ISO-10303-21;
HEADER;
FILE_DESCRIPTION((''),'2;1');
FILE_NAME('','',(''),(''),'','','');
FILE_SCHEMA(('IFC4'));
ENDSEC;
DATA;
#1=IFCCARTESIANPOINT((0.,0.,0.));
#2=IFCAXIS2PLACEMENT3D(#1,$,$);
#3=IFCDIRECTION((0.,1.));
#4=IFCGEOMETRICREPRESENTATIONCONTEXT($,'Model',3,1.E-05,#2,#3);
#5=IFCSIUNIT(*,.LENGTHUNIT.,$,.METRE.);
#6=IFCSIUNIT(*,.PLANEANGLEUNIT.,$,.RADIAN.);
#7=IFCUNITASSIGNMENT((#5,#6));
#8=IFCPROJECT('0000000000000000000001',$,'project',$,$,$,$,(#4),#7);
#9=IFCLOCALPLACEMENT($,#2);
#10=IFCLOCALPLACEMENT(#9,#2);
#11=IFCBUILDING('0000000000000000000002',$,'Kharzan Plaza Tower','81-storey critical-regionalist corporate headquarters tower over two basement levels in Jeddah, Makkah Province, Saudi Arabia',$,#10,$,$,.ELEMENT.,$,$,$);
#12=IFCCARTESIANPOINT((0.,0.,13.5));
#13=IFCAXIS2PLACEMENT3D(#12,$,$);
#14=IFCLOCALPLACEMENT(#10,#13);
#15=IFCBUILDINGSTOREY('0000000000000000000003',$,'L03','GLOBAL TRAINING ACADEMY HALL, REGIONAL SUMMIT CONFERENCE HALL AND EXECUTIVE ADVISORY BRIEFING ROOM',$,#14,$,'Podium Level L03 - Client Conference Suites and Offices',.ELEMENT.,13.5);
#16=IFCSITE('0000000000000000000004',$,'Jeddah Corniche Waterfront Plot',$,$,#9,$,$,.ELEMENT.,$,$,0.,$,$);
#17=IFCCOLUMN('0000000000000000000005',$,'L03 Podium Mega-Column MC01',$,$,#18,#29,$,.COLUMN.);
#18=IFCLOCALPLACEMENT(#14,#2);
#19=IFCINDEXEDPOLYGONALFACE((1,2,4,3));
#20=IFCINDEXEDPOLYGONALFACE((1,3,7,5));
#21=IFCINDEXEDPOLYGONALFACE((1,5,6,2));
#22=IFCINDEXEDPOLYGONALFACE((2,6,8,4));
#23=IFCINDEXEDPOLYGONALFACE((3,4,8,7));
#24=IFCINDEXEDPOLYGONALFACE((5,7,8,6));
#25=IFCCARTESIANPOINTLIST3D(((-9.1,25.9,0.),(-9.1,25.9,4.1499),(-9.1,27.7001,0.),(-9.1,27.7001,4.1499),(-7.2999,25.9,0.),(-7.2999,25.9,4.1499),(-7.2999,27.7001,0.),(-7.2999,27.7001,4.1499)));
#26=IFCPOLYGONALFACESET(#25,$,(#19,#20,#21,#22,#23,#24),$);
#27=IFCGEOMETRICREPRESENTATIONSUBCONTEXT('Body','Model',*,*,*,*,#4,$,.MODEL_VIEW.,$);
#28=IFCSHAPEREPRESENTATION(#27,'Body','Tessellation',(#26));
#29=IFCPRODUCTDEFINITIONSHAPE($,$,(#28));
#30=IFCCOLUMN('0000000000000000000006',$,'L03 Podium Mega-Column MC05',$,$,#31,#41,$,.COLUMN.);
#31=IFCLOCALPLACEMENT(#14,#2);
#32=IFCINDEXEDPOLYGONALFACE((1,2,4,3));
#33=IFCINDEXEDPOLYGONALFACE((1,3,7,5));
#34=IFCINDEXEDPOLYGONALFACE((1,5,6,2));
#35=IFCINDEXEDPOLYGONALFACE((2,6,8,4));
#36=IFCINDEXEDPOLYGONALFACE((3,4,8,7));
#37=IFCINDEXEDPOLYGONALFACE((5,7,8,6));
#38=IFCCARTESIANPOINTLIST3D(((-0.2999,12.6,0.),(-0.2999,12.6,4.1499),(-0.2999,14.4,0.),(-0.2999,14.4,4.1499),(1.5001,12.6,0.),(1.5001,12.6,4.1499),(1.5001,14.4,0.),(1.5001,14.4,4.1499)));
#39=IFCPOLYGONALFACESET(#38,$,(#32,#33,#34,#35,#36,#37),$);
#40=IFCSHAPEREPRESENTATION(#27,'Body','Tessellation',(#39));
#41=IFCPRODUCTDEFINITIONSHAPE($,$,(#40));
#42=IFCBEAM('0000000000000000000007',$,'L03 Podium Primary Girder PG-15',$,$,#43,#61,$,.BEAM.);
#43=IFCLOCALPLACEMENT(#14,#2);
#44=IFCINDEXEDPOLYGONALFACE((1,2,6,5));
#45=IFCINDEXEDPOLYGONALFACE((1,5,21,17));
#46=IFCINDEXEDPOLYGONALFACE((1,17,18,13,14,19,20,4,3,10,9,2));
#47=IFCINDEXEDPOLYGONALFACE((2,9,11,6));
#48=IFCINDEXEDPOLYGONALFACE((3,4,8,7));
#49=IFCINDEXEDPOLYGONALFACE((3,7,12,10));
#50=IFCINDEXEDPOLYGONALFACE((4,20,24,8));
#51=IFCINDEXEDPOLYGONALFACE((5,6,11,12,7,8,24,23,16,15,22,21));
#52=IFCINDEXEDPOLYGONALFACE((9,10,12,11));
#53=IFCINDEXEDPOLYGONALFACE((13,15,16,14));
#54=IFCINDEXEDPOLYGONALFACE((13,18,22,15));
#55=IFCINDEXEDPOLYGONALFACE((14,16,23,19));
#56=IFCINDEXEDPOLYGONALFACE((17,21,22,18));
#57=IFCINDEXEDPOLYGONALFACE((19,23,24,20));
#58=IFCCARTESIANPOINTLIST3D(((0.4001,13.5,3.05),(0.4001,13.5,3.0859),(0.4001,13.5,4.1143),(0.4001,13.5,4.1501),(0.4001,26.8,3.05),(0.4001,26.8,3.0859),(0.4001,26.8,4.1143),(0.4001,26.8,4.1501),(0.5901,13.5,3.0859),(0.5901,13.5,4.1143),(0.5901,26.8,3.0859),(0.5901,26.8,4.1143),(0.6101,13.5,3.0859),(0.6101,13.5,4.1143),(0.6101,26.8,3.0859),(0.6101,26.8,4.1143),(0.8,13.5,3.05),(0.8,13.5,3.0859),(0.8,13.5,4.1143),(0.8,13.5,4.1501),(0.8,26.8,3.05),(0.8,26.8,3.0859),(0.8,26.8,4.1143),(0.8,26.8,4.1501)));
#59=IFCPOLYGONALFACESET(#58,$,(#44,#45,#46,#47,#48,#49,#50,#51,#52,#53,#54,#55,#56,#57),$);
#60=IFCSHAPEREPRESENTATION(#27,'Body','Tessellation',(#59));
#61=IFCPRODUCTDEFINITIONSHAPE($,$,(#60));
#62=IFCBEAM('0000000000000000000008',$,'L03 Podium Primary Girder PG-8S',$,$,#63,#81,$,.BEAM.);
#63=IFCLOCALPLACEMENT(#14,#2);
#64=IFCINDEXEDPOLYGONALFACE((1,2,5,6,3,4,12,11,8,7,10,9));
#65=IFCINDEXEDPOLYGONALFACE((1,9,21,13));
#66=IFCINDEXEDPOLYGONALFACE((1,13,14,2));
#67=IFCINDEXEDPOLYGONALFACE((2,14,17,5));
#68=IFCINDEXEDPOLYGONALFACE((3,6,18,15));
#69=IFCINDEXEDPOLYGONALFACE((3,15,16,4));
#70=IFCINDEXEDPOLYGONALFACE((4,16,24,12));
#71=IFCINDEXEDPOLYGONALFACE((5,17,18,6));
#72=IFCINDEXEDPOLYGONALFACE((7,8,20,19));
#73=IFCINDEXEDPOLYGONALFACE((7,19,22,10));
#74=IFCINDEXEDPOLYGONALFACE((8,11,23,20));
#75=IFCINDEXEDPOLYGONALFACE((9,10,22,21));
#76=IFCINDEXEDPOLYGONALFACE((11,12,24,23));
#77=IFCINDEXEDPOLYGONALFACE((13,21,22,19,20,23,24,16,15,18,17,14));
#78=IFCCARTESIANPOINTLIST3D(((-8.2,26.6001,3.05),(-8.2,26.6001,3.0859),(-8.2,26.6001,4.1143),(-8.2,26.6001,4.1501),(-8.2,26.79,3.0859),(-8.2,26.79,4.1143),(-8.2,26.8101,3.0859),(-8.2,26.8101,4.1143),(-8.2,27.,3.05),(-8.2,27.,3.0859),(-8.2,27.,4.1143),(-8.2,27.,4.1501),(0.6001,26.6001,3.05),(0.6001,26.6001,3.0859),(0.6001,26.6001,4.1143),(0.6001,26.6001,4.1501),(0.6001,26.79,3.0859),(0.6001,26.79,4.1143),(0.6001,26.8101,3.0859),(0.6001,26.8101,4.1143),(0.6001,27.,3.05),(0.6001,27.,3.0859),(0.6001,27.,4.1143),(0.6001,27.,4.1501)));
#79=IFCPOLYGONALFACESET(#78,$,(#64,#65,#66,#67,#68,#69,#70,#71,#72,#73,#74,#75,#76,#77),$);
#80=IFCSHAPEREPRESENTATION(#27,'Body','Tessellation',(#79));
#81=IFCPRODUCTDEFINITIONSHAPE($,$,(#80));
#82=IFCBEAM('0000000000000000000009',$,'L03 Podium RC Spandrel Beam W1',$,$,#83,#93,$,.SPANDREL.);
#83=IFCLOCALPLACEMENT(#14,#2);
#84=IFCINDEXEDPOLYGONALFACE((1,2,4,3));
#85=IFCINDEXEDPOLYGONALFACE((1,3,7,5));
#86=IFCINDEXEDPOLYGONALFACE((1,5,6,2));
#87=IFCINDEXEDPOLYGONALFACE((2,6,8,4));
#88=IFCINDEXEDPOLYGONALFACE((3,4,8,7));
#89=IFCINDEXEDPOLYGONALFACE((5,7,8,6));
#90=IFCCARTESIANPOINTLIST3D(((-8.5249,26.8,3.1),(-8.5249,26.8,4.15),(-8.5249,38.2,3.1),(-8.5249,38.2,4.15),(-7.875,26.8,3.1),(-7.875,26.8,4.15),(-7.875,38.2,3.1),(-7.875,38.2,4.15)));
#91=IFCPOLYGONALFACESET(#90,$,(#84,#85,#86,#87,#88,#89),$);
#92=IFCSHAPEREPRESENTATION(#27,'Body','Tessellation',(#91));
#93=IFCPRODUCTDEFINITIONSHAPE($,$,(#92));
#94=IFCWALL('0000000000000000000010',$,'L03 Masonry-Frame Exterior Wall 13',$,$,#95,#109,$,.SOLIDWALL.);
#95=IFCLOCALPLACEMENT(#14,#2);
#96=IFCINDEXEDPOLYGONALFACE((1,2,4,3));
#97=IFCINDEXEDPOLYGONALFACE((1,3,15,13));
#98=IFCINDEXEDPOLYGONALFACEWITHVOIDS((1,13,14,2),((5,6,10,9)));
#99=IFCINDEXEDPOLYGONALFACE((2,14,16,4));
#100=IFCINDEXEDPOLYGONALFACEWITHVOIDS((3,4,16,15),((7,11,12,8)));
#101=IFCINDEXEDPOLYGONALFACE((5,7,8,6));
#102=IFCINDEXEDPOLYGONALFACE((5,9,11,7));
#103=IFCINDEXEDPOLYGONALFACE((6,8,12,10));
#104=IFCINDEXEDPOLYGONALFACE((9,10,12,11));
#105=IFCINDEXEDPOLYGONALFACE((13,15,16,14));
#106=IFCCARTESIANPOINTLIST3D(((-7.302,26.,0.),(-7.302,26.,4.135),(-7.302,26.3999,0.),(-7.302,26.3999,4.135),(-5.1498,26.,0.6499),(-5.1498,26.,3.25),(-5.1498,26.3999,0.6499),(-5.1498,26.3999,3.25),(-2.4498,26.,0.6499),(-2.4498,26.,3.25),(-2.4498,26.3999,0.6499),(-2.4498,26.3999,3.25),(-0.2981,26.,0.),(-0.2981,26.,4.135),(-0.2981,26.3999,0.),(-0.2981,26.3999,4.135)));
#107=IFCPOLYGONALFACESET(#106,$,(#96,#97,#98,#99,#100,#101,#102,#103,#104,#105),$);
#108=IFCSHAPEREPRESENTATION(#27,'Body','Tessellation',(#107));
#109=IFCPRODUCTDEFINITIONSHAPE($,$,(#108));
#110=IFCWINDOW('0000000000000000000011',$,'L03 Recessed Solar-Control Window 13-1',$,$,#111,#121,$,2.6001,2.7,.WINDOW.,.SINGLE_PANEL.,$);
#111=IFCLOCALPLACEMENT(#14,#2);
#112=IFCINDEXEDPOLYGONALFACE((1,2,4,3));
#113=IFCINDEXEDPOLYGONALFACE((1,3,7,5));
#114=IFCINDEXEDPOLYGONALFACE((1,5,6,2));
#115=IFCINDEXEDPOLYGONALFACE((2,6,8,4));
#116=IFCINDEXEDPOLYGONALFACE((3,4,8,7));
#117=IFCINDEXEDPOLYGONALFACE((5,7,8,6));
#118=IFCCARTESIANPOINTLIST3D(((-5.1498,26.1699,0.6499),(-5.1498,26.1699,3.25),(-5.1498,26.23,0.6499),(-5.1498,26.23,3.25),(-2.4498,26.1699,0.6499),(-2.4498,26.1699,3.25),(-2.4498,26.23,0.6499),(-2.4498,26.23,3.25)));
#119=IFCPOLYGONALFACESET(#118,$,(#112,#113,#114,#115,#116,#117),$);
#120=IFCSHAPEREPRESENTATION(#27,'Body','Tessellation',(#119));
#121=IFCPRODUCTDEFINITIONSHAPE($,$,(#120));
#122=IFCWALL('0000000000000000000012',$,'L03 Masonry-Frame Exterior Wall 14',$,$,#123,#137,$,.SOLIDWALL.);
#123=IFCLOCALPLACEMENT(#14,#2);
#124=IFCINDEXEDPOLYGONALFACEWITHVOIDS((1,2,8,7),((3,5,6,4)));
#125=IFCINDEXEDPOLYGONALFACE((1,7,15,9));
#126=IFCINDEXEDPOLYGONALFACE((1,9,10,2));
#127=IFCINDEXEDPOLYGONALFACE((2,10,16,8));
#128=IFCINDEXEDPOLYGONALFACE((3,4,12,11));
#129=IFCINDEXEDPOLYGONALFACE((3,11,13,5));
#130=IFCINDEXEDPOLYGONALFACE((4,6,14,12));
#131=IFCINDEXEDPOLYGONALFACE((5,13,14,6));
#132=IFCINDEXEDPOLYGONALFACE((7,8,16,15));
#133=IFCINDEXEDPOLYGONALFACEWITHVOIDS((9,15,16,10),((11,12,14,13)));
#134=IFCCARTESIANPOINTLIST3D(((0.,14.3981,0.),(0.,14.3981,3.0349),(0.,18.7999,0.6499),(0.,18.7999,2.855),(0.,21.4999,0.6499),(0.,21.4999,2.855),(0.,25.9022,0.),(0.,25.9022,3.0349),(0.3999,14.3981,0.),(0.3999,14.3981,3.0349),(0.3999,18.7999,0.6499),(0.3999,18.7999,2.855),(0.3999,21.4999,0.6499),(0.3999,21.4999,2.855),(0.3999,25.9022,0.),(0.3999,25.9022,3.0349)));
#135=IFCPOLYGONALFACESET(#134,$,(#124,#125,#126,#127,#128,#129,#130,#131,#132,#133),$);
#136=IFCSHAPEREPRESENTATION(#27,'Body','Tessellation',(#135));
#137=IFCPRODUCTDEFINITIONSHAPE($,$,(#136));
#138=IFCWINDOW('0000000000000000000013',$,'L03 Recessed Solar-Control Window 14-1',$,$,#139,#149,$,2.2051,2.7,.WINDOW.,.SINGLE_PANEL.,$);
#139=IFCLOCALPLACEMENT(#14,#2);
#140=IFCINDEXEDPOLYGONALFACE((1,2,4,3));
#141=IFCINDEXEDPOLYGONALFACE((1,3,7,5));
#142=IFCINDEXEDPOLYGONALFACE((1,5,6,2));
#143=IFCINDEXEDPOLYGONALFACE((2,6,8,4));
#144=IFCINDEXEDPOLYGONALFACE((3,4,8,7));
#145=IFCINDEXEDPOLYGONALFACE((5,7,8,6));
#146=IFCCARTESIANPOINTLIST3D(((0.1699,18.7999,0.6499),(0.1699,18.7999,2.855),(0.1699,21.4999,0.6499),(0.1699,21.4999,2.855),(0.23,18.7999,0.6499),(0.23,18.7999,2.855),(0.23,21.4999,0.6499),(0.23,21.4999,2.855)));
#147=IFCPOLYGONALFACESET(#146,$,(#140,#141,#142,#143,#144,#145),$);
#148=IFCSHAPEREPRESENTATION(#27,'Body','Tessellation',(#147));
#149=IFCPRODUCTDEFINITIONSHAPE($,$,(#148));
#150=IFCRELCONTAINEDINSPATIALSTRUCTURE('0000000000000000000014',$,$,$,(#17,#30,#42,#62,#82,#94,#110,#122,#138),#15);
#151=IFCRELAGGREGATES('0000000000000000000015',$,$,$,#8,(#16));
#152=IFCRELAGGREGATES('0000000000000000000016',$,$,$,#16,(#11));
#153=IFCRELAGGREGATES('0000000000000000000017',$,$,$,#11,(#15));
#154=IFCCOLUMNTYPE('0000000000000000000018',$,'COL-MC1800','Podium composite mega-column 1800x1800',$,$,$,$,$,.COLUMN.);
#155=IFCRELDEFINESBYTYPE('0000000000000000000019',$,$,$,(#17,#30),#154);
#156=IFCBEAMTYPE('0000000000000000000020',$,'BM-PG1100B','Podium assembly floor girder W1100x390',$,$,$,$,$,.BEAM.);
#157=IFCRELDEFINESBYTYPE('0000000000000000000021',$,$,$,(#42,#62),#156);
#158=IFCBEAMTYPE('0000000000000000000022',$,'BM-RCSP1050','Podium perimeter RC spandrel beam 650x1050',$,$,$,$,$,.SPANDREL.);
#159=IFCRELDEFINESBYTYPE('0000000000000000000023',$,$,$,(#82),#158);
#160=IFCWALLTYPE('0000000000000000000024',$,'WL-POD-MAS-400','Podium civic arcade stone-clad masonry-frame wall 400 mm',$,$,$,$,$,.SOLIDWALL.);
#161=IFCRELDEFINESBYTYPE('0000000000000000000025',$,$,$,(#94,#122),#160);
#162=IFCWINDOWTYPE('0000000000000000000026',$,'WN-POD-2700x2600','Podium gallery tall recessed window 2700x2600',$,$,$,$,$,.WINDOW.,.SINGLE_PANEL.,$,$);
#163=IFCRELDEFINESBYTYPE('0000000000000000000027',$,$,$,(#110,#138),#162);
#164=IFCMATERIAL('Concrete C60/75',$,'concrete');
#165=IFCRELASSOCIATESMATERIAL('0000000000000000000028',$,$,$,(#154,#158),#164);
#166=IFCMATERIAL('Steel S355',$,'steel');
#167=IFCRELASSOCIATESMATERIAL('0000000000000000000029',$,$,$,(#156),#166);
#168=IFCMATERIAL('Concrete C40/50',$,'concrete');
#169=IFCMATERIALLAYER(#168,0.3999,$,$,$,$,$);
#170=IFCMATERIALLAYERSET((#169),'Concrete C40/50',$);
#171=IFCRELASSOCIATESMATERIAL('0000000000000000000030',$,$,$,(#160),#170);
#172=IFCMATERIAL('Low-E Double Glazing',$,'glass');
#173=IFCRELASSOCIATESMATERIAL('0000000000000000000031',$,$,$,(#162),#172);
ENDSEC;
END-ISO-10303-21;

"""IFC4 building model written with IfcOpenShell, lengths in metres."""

from ifc_helpers import new_model, si_unit, direction, frame, frame_2d, origin, origin_2d, place, context, subcontext, project, spatial, rectangle, i_section, extrude, source, transform, mapped, material, layer, layer_set, material_profile, profile_set, type_object, element, fill, save


model = new_model("IFC4")

# Units and contexts
model_context = context("Model", 3, precision=1e-05, world=origin(), true_north=direction((0.0, 1.0)))
body_context = subcontext(model_context, "Body", "Model", "MODEL_VIEW")
ifc_project = project(units=[si_unit("LENGTHUNIT", "METRE"), si_unit("PLANEANGLEUNIT", "RADIAN")], contexts=[model_context])

# Site, building, storey
site_placement = place(None, origin())
site = spatial("IfcSite", under=ifc_project, at=site_placement, Name="Jeddah Corniche Waterfront Plot", CompositionType="ELEMENT", RefElevation=0.0)
building_placement = place(site_placement, origin())
building = spatial("IfcBuilding", under=site, at=building_placement, Name="Kharzan Plaza Tower", Description="81-storey critical-regionalist corporate headquarters tower over two basement levels in Jeddah, Makkah Province, Saudi Arabia", CompositionType="ELEMENT")
storey_placement = place(building_placement, frame((0.0, 0.0, 13.5)))
storey = spatial("IfcBuildingStorey", under=building, at=storey_placement, Name="L03", Description="GLOBAL TRAINING ACADEMY HALL, REGIONAL SUMMIT CONFERENCE HALL AND EXECUTIVE ADVISORY BRIEFING ROOM", LongName="Podium Level L03 - Client Conference Suites and Offices", CompositionType="ELEMENT", Elevation=13.5)

# Columns
ifc_material_1 = material(Name="Concrete C60/75", Category="concrete")
ifc_material_profile_1 = material_profile(ifc_material_1, rectangle(XDim=1.8, YDim=1.8, at=origin_2d()), Name="RC-MC1800x1800")
ifc_profile_set_1 = profile_set([ifc_material_profile_1], Name="Concrete C60/75")
column_type = type_object("IfcColumnType", Name="COL-MC1800", Description="Podium composite mega-column 1800x1800", PredefinedType="COLUMN", material=ifc_profile_set_1)
shared_shape_1 = source(origin(), body_context, "Body", "SweptSolid", [
    extrude(rectangle(XDim=1.8, YDim=1.8, at=origin_2d()), origin(), (0.0, 0.0, 1.0), 4.1499),
])
for number, where, z_axis, x_axis, name in (
    (1, (-8.2, 26.8, 0.0), (0.0, 0.0, 1.0), (1.0, 0.0, 0.0), "L03 Podium Mega-Column MC01"),
    (2, (0.6001, 13.5, 0.0), (0.0, 0.0, 1.0), (1.0, 0.0, 0.0), "L03 Podium Mega-Column MC05"),
):
    element("IfcColumn", number, at=place(storey_placement, frame(where, z_axis=z_axis, x_axis=x_axis)), inside=storey, type_object=column_type, Name=name, PredefinedType="COLUMN", context=body_context, shape_type="MappedRepresentation", body=[
        mapped(shared_shape_1, transform((0.0, 0.0, 0.0), x_axis=(1.0, 0.0, 0.0), y_axis=(0.0, 1.0, 0.0), z_axis=(0.0, 0.0, 1.0))),
    ])

# Beams
ifc_material_2 = material(Name="Steel S355", Category="steel")
ifc_material_profile_2 = material_profile(ifc_material_2, i_section(OverallWidth=0.3999, OverallDepth=1.1001, WebThickness=0.02, FlangeThickness=0.0359, at=origin_2d()), Name="W1100x390")
ifc_profile_set_2 = profile_set([ifc_material_profile_2], Name="Steel S355")
beam_type_1 = type_object("IfcBeamType", Name="BM-PG1100B", Description="Podium assembly floor girder W1100x390", PredefinedType="BEAM", material=ifc_profile_set_2)
shared_shape_2 = source(origin(), body_context, "Body", "SweptSolid", [
    extrude(i_section(OverallWidth=0.3999, OverallDepth=1.1001, WebThickness=0.02, FlangeThickness=0.0359, at=origin_2d()), origin(), (0.0, 0.0, 1.0), 13.3),
])
beam_1_placement = place(storey_placement, frame((0.6001, 13.5, 3.6001), z_axis=(0.0, 1.0, 0.0), x_axis=(-1.0, 0.0, 0.0)))
element("IfcBeam", 3, at=beam_1_placement, inside=storey, type_object=beam_type_1, Name="L03 Podium Primary Girder PG-15", PredefinedType="BEAM", context=body_context, shape_type="MappedRepresentation", body=[
    mapped(shared_shape_2, transform((0.0, 0.0, 0.0), x_axis=(1.0, 0.0, 0.0), y_axis=(0.0, 1.0, 0.0), z_axis=(0.0, 0.0, 1.0))),
])
shared_shape_3 = source(origin(), body_context, "Body", "SweptSolid", [
    extrude(i_section(OverallWidth=0.3999, OverallDepth=1.1001, WebThickness=0.02, FlangeThickness=0.0359, at=origin_2d()), origin(), (0.0, 0.0, 1.0), 8.8),
])
beam_2_placement = place(storey_placement, frame((-8.2, 26.8, 3.6001), z_axis=(1.0, 0.0, 0.0), x_axis=(0.0, 1.0, 0.0)))
element("IfcBeam", 4, at=beam_2_placement, inside=storey, type_object=beam_type_1, Name="L03 Podium Primary Girder PG-8S", PredefinedType="BEAM", context=body_context, shape_type="MappedRepresentation", body=[
    mapped(shared_shape_3, transform((0.0, 0.0, 0.0), x_axis=(1.0, 0.0, 0.0), y_axis=(0.0, 1.0, 0.0), z_axis=(0.0, 0.0, 1.0))),
])
ifc_material_profile_3 = material_profile(ifc_material_1, rectangle(XDim=0.6499, YDim=1.05, at=origin_2d()), Name="RC-SP1050x650")
ifc_profile_set_3 = profile_set([ifc_material_profile_3], Name="Concrete C60/75")
beam_type_2 = type_object("IfcBeamType", Name="BM-RCSP1050", Description="Podium perimeter RC spandrel beam 650x1050", PredefinedType="SPANDREL", material=ifc_profile_set_3)
shared_shape_4 = source(origin(), body_context, "Body", "SweptSolid", [
    extrude(rectangle(XDim=0.6499, YDim=1.05, at=origin_2d()), origin(), (0.0, 0.0, 1.0), 11.3999),
])
beam_3_placement = place(storey_placement, frame((-8.2, 26.8, 3.625), z_axis=(0.0, 1.0, 0.0), x_axis=(-1.0, 0.0, 0.0)))
element("IfcBeam", 5, at=beam_3_placement, inside=storey, type_object=beam_type_2, Name="L03 Podium RC Spandrel Beam W1", PredefinedType="SPANDREL", context=body_context, shape_type="MappedRepresentation", body=[
    mapped(shared_shape_4, transform((0.0, 0.0, 0.0), x_axis=(1.0, 0.0, 0.0), y_axis=(0.0, 1.0, 0.0), z_axis=(0.0, 0.0, 1.0))),
])

# Walls, openings, windows
ifc_material_3 = material(Name="Concrete C40/50", Category="concrete")
ifc_layer_1 = layer(ifc_material_3, 0.3999)
ifc_layer_set_1 = layer_set([ifc_layer_1], Name="Concrete C40/50")
wall_type_1 = type_object("IfcWallType", Name="WL-POD-MAS-400", Description="Podium civic arcade stone-clad masonry-frame wall 400 mm", PredefinedType="SOLIDWALL", material=ifc_layer_set_1)
wall_1_placement = place(storey_placement, frame((-7.302, 26.2, 0.0), z_axis=(0.0, 0.0, 1.0), x_axis=(1.0, 0.0, 0.0)))
wall_1 = element("IfcWall", 6, at=wall_1_placement, inside=storey, type_object=wall_type_1, Name="L03 Masonry-Frame Exterior Wall 13", PredefinedType="SOLIDWALL", context=body_context, shape_type="SweptSolid", body=[
    extrude(rectangle(XDim=7.0039, YDim=0.3999, at=frame_2d((3.502, 0.0))), origin(), (0.0, 0.0, 1.0), 4.135),
])
opening_1_placement = place(wall_1_placement, frame((2.1521, 0.0, 0.6499)))
opening_1 = element("IfcOpeningElement", 7, at=opening_1_placement, cuts=wall_1, PredefinedType="OPENING", context=body_context, shape_type="SweptSolid", body=[
    extrude(rectangle(XDim=2.7, YDim=2.6001, at=frame_2d((1.3501, 1.3))), frame((0.0, 0.21, 0.0), z_axis=(0.0, -1.0, 0.0), x_axis=(1.0, 0.0, 0.0)), (0.0, 0.0, 1.0), 0.4199),
])
ifc_material_4 = material(Name="Low-E Double Glazing", Category="glass")
window_type = type_object("IfcWindowType", Name="WN-POD-2700x2600", Description="Podium gallery tall recessed window 2700x2600", PartitioningType="SINGLE_PANEL", PredefinedType="WINDOW", material=ifc_material_4)
shared_shape_5 = source(origin(), body_context, "Body", "SweptSolid", [
    extrude(rectangle(XDim=2.7, YDim=2.6001, at=frame_2d((1.3501, 1.3))), frame((0.0, 0.03, 0.0), z_axis=(0.0, -1.0, 0.0), x_axis=(1.0, 0.0, 0.0)), (0.0, 0.0, 1.0), 0.0601),
])
window_1_placement = place(opening_1_placement, origin())
window_1 = element("IfcWindow", 8, at=window_1_placement, inside=storey, type_object=window_type, Name="L03 Recessed Solar-Control Window 13-1", OverallHeight=2.6001, OverallWidth=2.7, PartitioningType="SINGLE_PANEL", PredefinedType="WINDOW", context=body_context, shape_type="MappedRepresentation", body=[
    mapped(shared_shape_5, transform((0.0, 0.0, 0.0), x_axis=(1.0, 0.0, 0.0), y_axis=(0.0, 1.0, 0.0), z_axis=(0.0, 0.0, 1.0))),
])
fill(opening_1, window_1)
wall_2_placement = place(storey_placement, frame((0.2, 25.9021, 0.0), z_axis=(0.0, 0.0, 1.0), x_axis=(0.0, -1.0, 0.0)))
wall_2 = element("IfcWall", 9, at=wall_2_placement, inside=storey, type_object=wall_type_1, Name="L03 Masonry-Frame Exterior Wall 14", PredefinedType="SOLIDWALL", context=body_context, shape_type="SweptSolid", body=[
    extrude(rectangle(XDim=11.5042, YDim=0.3999, at=frame_2d((5.752, 0.0))), origin(), (0.0, 0.0, 1.0), 3.0349),
])
opening_2_placement = place(wall_2_placement, frame((4.4021, 0.0, 0.6499)))
opening_2 = element("IfcOpeningElement", 10, at=opening_2_placement, cuts=wall_2, PredefinedType="OPENING", context=body_context, shape_type="SweptSolid", body=[
    extrude(rectangle(XDim=2.7, YDim=2.2051, at=frame_2d((1.3501, 1.1025))), frame((0.0, 0.21, 0.0), z_axis=(0.0, -1.0, 0.0), x_axis=(1.0, 0.0, 0.0)), (0.0, 0.0, 1.0), 0.4199),
])
shared_shape_6 = source(origin(), body_context, "Body", "SweptSolid", [
    extrude(rectangle(XDim=2.7, YDim=2.2051, at=frame_2d((1.3501, 1.1025))), frame((0.0, 0.03, 0.0), z_axis=(0.0, -1.0, 0.0), x_axis=(1.0, 0.0, 0.0)), (0.0, 0.0, 1.0), 0.0601),
])
window_2_placement = place(opening_2_placement, origin())
window_2 = element("IfcWindow", 11, at=window_2_placement, inside=storey, type_object=window_type, Name="L03 Recessed Solar-Control Window 14-1", OverallHeight=2.2051, OverallWidth=2.7, PartitioningType="SINGLE_PANEL", PredefinedType="WINDOW", context=body_context, shape_type="MappedRepresentation", body=[
    mapped(shared_shape_6, transform((0.0, 0.0, 0.0), x_axis=(1.0, 0.0, 0.0), y_axis=(0.0, 1.0, 0.0), z_axis=(0.0, 0.0, 1.0))),
])
fill(opening_2, window_2)

save(model, "model.ifc")
